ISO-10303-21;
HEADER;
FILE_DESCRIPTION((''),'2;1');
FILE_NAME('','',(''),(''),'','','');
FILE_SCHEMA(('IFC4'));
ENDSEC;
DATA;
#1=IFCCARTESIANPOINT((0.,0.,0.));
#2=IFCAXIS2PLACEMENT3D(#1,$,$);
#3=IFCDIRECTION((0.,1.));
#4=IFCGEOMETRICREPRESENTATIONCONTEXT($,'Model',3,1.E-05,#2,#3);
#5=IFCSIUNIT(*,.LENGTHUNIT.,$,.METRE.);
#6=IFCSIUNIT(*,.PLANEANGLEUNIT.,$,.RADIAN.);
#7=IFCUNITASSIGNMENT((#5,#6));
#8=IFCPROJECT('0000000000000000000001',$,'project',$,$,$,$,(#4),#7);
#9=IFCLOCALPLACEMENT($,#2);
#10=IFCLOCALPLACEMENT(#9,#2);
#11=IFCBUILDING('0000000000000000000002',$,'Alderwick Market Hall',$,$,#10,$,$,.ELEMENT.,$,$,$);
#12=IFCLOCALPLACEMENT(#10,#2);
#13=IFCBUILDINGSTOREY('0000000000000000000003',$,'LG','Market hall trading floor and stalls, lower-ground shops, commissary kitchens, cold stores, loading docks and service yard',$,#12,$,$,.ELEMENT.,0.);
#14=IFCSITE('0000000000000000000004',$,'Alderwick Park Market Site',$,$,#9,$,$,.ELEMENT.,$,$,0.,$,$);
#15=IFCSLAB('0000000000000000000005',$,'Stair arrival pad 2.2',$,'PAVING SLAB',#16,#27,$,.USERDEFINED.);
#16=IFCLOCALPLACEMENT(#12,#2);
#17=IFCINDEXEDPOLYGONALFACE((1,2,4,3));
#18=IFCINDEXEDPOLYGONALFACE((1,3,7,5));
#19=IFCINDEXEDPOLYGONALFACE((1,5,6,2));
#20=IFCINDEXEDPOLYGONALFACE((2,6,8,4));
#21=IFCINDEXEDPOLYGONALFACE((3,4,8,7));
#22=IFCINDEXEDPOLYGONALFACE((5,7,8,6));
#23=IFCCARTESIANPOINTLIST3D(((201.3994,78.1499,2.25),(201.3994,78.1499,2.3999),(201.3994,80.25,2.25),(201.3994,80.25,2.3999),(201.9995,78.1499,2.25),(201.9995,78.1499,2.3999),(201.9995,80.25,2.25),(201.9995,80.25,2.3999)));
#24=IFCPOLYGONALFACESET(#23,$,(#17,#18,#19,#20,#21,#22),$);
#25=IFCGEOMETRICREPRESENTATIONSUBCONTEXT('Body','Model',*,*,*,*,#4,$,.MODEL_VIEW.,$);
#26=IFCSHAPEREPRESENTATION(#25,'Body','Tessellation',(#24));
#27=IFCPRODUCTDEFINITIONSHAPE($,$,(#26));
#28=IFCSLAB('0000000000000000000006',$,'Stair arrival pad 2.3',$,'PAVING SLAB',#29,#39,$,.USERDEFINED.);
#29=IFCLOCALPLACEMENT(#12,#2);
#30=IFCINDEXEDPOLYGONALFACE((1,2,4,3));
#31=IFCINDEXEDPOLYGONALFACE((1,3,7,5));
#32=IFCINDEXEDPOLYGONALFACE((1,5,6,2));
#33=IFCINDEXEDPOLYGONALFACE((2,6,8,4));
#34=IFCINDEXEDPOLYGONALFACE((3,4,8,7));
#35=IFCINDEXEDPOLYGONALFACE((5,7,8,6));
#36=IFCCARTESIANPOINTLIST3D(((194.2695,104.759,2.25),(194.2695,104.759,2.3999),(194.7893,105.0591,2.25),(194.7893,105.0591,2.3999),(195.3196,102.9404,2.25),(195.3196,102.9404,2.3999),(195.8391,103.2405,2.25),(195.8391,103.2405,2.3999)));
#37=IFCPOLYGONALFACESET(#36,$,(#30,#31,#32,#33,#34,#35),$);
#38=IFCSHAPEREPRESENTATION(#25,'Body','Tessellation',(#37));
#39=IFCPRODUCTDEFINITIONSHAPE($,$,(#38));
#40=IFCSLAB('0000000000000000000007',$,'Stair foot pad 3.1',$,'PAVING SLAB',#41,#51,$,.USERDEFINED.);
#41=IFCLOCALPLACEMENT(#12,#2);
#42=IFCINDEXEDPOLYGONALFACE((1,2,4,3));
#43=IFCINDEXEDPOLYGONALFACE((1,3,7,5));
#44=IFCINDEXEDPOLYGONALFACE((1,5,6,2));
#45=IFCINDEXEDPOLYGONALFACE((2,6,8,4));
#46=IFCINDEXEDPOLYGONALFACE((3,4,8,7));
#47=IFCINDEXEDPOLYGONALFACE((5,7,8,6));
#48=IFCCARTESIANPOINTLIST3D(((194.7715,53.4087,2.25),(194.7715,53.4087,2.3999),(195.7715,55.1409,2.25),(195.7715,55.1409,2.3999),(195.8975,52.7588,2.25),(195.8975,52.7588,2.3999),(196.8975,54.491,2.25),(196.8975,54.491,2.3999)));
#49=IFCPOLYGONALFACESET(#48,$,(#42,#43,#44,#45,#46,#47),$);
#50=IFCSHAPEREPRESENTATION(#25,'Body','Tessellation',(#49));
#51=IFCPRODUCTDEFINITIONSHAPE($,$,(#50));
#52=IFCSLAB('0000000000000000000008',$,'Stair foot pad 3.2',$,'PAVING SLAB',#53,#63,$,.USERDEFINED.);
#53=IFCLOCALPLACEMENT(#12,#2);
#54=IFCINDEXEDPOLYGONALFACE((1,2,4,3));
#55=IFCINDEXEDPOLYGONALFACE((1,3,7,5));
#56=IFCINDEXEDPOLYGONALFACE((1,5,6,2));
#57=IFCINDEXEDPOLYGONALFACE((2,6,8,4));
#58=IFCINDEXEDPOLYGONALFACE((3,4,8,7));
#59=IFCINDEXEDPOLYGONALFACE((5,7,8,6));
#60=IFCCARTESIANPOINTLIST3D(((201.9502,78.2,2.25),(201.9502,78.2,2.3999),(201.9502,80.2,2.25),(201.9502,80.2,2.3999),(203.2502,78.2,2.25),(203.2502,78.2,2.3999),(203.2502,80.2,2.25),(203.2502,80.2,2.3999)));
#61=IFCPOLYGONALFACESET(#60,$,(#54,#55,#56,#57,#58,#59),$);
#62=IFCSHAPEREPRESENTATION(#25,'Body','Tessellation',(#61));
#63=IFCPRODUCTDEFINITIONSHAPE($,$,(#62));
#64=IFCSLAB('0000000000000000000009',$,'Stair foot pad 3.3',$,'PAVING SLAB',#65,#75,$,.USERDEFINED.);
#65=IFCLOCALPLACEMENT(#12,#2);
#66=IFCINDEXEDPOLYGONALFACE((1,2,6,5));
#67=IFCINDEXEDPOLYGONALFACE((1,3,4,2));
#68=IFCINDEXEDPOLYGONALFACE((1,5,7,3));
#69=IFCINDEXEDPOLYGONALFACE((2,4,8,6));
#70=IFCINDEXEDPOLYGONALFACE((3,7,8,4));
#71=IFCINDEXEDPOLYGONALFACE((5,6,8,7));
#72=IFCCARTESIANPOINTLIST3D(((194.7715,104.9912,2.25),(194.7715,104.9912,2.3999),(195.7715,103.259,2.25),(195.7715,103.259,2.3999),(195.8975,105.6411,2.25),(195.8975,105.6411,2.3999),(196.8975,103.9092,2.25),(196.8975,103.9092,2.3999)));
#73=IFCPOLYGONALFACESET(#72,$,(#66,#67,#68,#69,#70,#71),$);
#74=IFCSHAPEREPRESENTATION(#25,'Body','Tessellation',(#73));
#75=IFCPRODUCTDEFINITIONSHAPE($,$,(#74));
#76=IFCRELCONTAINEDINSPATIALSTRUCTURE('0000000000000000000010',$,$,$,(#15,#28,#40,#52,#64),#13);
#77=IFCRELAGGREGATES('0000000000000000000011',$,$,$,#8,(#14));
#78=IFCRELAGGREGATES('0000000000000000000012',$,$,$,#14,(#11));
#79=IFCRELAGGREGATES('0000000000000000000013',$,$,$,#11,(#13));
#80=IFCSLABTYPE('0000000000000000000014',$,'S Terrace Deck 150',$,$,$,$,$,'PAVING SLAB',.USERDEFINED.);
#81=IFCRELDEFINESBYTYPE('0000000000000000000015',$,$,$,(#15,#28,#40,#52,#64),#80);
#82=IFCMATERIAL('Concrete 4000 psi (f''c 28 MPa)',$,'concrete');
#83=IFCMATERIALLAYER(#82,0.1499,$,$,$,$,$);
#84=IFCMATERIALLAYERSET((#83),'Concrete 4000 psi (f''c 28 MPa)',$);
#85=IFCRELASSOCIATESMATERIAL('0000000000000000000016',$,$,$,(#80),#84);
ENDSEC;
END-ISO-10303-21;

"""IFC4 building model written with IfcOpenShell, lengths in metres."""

from ifc_helpers import new_model, si_unit, direction, frame, origin, place, context, subcontext, project, spatial, polyline, outline, extrude, material, layer, layer_set, type_object, element, save


model = new_model("IFC4")

# Units and contexts
model_context = context("Model", 3, precision=1e-05, world=origin(), true_north=direction((0.0, 1.0)))
body_context = subcontext(model_context, "Body", "Model", "MODEL_VIEW")
ifc_project = project(units=[si_unit("LENGTHUNIT", "METRE"), si_unit("PLANEANGLEUNIT", "RADIAN")], contexts=[model_context])

# Site, building, storey
site_placement = place(None, origin())
site = spatial("IfcSite", under=ifc_project, at=site_placement, Name="Alderwick Park Market Site", CompositionType="ELEMENT", RefElevation=0.0)
building_placement = place(site_placement, origin())
building = spatial("IfcBuilding", under=site, at=building_placement, Name="Alderwick Market Hall", CompositionType="ELEMENT")
storey_placement = place(building_placement, origin())
storey = spatial("IfcBuildingStorey", under=building, at=storey_placement, Name="LG", Description="Market hall trading floor and stalls, lower-ground shops, commissary kitchens, cold stores, loading docks and service yard", CompositionType="ELEMENT", Elevation=0.0)

# Shared definitions
ifc_material_1 = material(Name="Concrete 4000 psi (f'c 28 MPa)", Category="concrete")

# Slabs
ifc_layer_1 = layer(ifc_material_1, 0.1499)
ifc_layer_set_1 = layer_set([ifc_layer_1], Name="Concrete 4000 psi (f'c 28 MPa)")
slab_type_1 = type_object("IfcSlabType", Name="S Terrace Deck 150", ElementType="PAVING SLAB", PredefinedType="USERDEFINED", material=ifc_layer_set_1)
slab_1_placement = place(storey_placement, frame((0.0, 0.0, 2.25)))
element("IfcSlab", 1, at=slab_1_placement, inside=storey, type_object=slab_type_1, Name="Stair arrival pad 2.2", ObjectType="PAVING SLAB", PredefinedType="USERDEFINED", context=body_context, shape_type="SweptSolid", body=[
    extrude(outline(polyline([(201.3994, 80.25), (201.3994, 78.1499), (201.9995, 78.1499), (201.9995, 80.25), (201.3994, 80.25)])), origin(), (0.0, 0.0, 1.0), 0.1499),
])
slab_2_placement = place(storey_placement, frame((0.0, 0.0, 2.25)))
element("IfcSlab", 2, at=slab_2_placement, inside=storey, type_object=slab_type_1, Name="Stair arrival pad 2.3", ObjectType="PAVING SLAB", PredefinedType="USERDEFINED", context=body_context, shape_type="SweptSolid", body=[
    extrude(outline(polyline([(194.2695, 104.759), (195.3196, 102.9404), (195.8391, 103.2405), (194.7893, 105.0591), (194.2695, 104.759)])), origin(), (0.0, 0.0, 1.0), 0.1499),
])
slab_3_placement = place(storey_placement, frame((0.0, 0.0, 2.25)))
element("IfcSlab", 3, at=slab_3_placement, inside=storey, type_object=slab_type_1, Name="Stair foot pad 3.1", ObjectType="PAVING SLAB", PredefinedType="USERDEFINED", context=body_context, shape_type="SweptSolid", body=[
    extrude(outline(polyline([(195.7715, 55.1409), (194.7715, 53.4087), (195.8975, 52.7588), (196.8975, 54.491), (195.7715, 55.1409)])), origin(), (0.0, 0.0, 1.0), 0.1499),
])
slab_4_placement = place(storey_placement, frame((0.0, 0.0, 2.25)))
element("IfcSlab", 4, at=slab_4_placement, inside=storey, type_object=slab_type_1, Name="Stair foot pad 3.2", ObjectType="PAVING SLAB", PredefinedType="USERDEFINED", context=body_context, shape_type="SweptSolid", body=[
    extrude(outline(polyline([(201.9502, 80.2), (201.9502, 78.2), (203.2502, 78.2), (203.2502, 80.2), (201.9502, 80.2)])), origin(), (0.0, 0.0, 1.0), 0.1499),
])
slab_5_placement = place(storey_placement, frame((0.0, 0.0, 2.25)))
element("IfcSlab", 5, at=slab_5_placement, inside=storey, type_object=slab_type_1, Name="Stair foot pad 3.3", ObjectType="PAVING SLAB", PredefinedType="USERDEFINED", context=body_context, shape_type="SweptSolid", body=[
    extrude(outline(polyline([(194.7715, 104.9912), (195.7715, 103.259), (196.8975, 103.9092), (195.8975, 105.6411), (194.7715, 104.9912)])), origin(), (0.0, 0.0, 1.0), 0.1499),
])

save(model, "model.ifc")
